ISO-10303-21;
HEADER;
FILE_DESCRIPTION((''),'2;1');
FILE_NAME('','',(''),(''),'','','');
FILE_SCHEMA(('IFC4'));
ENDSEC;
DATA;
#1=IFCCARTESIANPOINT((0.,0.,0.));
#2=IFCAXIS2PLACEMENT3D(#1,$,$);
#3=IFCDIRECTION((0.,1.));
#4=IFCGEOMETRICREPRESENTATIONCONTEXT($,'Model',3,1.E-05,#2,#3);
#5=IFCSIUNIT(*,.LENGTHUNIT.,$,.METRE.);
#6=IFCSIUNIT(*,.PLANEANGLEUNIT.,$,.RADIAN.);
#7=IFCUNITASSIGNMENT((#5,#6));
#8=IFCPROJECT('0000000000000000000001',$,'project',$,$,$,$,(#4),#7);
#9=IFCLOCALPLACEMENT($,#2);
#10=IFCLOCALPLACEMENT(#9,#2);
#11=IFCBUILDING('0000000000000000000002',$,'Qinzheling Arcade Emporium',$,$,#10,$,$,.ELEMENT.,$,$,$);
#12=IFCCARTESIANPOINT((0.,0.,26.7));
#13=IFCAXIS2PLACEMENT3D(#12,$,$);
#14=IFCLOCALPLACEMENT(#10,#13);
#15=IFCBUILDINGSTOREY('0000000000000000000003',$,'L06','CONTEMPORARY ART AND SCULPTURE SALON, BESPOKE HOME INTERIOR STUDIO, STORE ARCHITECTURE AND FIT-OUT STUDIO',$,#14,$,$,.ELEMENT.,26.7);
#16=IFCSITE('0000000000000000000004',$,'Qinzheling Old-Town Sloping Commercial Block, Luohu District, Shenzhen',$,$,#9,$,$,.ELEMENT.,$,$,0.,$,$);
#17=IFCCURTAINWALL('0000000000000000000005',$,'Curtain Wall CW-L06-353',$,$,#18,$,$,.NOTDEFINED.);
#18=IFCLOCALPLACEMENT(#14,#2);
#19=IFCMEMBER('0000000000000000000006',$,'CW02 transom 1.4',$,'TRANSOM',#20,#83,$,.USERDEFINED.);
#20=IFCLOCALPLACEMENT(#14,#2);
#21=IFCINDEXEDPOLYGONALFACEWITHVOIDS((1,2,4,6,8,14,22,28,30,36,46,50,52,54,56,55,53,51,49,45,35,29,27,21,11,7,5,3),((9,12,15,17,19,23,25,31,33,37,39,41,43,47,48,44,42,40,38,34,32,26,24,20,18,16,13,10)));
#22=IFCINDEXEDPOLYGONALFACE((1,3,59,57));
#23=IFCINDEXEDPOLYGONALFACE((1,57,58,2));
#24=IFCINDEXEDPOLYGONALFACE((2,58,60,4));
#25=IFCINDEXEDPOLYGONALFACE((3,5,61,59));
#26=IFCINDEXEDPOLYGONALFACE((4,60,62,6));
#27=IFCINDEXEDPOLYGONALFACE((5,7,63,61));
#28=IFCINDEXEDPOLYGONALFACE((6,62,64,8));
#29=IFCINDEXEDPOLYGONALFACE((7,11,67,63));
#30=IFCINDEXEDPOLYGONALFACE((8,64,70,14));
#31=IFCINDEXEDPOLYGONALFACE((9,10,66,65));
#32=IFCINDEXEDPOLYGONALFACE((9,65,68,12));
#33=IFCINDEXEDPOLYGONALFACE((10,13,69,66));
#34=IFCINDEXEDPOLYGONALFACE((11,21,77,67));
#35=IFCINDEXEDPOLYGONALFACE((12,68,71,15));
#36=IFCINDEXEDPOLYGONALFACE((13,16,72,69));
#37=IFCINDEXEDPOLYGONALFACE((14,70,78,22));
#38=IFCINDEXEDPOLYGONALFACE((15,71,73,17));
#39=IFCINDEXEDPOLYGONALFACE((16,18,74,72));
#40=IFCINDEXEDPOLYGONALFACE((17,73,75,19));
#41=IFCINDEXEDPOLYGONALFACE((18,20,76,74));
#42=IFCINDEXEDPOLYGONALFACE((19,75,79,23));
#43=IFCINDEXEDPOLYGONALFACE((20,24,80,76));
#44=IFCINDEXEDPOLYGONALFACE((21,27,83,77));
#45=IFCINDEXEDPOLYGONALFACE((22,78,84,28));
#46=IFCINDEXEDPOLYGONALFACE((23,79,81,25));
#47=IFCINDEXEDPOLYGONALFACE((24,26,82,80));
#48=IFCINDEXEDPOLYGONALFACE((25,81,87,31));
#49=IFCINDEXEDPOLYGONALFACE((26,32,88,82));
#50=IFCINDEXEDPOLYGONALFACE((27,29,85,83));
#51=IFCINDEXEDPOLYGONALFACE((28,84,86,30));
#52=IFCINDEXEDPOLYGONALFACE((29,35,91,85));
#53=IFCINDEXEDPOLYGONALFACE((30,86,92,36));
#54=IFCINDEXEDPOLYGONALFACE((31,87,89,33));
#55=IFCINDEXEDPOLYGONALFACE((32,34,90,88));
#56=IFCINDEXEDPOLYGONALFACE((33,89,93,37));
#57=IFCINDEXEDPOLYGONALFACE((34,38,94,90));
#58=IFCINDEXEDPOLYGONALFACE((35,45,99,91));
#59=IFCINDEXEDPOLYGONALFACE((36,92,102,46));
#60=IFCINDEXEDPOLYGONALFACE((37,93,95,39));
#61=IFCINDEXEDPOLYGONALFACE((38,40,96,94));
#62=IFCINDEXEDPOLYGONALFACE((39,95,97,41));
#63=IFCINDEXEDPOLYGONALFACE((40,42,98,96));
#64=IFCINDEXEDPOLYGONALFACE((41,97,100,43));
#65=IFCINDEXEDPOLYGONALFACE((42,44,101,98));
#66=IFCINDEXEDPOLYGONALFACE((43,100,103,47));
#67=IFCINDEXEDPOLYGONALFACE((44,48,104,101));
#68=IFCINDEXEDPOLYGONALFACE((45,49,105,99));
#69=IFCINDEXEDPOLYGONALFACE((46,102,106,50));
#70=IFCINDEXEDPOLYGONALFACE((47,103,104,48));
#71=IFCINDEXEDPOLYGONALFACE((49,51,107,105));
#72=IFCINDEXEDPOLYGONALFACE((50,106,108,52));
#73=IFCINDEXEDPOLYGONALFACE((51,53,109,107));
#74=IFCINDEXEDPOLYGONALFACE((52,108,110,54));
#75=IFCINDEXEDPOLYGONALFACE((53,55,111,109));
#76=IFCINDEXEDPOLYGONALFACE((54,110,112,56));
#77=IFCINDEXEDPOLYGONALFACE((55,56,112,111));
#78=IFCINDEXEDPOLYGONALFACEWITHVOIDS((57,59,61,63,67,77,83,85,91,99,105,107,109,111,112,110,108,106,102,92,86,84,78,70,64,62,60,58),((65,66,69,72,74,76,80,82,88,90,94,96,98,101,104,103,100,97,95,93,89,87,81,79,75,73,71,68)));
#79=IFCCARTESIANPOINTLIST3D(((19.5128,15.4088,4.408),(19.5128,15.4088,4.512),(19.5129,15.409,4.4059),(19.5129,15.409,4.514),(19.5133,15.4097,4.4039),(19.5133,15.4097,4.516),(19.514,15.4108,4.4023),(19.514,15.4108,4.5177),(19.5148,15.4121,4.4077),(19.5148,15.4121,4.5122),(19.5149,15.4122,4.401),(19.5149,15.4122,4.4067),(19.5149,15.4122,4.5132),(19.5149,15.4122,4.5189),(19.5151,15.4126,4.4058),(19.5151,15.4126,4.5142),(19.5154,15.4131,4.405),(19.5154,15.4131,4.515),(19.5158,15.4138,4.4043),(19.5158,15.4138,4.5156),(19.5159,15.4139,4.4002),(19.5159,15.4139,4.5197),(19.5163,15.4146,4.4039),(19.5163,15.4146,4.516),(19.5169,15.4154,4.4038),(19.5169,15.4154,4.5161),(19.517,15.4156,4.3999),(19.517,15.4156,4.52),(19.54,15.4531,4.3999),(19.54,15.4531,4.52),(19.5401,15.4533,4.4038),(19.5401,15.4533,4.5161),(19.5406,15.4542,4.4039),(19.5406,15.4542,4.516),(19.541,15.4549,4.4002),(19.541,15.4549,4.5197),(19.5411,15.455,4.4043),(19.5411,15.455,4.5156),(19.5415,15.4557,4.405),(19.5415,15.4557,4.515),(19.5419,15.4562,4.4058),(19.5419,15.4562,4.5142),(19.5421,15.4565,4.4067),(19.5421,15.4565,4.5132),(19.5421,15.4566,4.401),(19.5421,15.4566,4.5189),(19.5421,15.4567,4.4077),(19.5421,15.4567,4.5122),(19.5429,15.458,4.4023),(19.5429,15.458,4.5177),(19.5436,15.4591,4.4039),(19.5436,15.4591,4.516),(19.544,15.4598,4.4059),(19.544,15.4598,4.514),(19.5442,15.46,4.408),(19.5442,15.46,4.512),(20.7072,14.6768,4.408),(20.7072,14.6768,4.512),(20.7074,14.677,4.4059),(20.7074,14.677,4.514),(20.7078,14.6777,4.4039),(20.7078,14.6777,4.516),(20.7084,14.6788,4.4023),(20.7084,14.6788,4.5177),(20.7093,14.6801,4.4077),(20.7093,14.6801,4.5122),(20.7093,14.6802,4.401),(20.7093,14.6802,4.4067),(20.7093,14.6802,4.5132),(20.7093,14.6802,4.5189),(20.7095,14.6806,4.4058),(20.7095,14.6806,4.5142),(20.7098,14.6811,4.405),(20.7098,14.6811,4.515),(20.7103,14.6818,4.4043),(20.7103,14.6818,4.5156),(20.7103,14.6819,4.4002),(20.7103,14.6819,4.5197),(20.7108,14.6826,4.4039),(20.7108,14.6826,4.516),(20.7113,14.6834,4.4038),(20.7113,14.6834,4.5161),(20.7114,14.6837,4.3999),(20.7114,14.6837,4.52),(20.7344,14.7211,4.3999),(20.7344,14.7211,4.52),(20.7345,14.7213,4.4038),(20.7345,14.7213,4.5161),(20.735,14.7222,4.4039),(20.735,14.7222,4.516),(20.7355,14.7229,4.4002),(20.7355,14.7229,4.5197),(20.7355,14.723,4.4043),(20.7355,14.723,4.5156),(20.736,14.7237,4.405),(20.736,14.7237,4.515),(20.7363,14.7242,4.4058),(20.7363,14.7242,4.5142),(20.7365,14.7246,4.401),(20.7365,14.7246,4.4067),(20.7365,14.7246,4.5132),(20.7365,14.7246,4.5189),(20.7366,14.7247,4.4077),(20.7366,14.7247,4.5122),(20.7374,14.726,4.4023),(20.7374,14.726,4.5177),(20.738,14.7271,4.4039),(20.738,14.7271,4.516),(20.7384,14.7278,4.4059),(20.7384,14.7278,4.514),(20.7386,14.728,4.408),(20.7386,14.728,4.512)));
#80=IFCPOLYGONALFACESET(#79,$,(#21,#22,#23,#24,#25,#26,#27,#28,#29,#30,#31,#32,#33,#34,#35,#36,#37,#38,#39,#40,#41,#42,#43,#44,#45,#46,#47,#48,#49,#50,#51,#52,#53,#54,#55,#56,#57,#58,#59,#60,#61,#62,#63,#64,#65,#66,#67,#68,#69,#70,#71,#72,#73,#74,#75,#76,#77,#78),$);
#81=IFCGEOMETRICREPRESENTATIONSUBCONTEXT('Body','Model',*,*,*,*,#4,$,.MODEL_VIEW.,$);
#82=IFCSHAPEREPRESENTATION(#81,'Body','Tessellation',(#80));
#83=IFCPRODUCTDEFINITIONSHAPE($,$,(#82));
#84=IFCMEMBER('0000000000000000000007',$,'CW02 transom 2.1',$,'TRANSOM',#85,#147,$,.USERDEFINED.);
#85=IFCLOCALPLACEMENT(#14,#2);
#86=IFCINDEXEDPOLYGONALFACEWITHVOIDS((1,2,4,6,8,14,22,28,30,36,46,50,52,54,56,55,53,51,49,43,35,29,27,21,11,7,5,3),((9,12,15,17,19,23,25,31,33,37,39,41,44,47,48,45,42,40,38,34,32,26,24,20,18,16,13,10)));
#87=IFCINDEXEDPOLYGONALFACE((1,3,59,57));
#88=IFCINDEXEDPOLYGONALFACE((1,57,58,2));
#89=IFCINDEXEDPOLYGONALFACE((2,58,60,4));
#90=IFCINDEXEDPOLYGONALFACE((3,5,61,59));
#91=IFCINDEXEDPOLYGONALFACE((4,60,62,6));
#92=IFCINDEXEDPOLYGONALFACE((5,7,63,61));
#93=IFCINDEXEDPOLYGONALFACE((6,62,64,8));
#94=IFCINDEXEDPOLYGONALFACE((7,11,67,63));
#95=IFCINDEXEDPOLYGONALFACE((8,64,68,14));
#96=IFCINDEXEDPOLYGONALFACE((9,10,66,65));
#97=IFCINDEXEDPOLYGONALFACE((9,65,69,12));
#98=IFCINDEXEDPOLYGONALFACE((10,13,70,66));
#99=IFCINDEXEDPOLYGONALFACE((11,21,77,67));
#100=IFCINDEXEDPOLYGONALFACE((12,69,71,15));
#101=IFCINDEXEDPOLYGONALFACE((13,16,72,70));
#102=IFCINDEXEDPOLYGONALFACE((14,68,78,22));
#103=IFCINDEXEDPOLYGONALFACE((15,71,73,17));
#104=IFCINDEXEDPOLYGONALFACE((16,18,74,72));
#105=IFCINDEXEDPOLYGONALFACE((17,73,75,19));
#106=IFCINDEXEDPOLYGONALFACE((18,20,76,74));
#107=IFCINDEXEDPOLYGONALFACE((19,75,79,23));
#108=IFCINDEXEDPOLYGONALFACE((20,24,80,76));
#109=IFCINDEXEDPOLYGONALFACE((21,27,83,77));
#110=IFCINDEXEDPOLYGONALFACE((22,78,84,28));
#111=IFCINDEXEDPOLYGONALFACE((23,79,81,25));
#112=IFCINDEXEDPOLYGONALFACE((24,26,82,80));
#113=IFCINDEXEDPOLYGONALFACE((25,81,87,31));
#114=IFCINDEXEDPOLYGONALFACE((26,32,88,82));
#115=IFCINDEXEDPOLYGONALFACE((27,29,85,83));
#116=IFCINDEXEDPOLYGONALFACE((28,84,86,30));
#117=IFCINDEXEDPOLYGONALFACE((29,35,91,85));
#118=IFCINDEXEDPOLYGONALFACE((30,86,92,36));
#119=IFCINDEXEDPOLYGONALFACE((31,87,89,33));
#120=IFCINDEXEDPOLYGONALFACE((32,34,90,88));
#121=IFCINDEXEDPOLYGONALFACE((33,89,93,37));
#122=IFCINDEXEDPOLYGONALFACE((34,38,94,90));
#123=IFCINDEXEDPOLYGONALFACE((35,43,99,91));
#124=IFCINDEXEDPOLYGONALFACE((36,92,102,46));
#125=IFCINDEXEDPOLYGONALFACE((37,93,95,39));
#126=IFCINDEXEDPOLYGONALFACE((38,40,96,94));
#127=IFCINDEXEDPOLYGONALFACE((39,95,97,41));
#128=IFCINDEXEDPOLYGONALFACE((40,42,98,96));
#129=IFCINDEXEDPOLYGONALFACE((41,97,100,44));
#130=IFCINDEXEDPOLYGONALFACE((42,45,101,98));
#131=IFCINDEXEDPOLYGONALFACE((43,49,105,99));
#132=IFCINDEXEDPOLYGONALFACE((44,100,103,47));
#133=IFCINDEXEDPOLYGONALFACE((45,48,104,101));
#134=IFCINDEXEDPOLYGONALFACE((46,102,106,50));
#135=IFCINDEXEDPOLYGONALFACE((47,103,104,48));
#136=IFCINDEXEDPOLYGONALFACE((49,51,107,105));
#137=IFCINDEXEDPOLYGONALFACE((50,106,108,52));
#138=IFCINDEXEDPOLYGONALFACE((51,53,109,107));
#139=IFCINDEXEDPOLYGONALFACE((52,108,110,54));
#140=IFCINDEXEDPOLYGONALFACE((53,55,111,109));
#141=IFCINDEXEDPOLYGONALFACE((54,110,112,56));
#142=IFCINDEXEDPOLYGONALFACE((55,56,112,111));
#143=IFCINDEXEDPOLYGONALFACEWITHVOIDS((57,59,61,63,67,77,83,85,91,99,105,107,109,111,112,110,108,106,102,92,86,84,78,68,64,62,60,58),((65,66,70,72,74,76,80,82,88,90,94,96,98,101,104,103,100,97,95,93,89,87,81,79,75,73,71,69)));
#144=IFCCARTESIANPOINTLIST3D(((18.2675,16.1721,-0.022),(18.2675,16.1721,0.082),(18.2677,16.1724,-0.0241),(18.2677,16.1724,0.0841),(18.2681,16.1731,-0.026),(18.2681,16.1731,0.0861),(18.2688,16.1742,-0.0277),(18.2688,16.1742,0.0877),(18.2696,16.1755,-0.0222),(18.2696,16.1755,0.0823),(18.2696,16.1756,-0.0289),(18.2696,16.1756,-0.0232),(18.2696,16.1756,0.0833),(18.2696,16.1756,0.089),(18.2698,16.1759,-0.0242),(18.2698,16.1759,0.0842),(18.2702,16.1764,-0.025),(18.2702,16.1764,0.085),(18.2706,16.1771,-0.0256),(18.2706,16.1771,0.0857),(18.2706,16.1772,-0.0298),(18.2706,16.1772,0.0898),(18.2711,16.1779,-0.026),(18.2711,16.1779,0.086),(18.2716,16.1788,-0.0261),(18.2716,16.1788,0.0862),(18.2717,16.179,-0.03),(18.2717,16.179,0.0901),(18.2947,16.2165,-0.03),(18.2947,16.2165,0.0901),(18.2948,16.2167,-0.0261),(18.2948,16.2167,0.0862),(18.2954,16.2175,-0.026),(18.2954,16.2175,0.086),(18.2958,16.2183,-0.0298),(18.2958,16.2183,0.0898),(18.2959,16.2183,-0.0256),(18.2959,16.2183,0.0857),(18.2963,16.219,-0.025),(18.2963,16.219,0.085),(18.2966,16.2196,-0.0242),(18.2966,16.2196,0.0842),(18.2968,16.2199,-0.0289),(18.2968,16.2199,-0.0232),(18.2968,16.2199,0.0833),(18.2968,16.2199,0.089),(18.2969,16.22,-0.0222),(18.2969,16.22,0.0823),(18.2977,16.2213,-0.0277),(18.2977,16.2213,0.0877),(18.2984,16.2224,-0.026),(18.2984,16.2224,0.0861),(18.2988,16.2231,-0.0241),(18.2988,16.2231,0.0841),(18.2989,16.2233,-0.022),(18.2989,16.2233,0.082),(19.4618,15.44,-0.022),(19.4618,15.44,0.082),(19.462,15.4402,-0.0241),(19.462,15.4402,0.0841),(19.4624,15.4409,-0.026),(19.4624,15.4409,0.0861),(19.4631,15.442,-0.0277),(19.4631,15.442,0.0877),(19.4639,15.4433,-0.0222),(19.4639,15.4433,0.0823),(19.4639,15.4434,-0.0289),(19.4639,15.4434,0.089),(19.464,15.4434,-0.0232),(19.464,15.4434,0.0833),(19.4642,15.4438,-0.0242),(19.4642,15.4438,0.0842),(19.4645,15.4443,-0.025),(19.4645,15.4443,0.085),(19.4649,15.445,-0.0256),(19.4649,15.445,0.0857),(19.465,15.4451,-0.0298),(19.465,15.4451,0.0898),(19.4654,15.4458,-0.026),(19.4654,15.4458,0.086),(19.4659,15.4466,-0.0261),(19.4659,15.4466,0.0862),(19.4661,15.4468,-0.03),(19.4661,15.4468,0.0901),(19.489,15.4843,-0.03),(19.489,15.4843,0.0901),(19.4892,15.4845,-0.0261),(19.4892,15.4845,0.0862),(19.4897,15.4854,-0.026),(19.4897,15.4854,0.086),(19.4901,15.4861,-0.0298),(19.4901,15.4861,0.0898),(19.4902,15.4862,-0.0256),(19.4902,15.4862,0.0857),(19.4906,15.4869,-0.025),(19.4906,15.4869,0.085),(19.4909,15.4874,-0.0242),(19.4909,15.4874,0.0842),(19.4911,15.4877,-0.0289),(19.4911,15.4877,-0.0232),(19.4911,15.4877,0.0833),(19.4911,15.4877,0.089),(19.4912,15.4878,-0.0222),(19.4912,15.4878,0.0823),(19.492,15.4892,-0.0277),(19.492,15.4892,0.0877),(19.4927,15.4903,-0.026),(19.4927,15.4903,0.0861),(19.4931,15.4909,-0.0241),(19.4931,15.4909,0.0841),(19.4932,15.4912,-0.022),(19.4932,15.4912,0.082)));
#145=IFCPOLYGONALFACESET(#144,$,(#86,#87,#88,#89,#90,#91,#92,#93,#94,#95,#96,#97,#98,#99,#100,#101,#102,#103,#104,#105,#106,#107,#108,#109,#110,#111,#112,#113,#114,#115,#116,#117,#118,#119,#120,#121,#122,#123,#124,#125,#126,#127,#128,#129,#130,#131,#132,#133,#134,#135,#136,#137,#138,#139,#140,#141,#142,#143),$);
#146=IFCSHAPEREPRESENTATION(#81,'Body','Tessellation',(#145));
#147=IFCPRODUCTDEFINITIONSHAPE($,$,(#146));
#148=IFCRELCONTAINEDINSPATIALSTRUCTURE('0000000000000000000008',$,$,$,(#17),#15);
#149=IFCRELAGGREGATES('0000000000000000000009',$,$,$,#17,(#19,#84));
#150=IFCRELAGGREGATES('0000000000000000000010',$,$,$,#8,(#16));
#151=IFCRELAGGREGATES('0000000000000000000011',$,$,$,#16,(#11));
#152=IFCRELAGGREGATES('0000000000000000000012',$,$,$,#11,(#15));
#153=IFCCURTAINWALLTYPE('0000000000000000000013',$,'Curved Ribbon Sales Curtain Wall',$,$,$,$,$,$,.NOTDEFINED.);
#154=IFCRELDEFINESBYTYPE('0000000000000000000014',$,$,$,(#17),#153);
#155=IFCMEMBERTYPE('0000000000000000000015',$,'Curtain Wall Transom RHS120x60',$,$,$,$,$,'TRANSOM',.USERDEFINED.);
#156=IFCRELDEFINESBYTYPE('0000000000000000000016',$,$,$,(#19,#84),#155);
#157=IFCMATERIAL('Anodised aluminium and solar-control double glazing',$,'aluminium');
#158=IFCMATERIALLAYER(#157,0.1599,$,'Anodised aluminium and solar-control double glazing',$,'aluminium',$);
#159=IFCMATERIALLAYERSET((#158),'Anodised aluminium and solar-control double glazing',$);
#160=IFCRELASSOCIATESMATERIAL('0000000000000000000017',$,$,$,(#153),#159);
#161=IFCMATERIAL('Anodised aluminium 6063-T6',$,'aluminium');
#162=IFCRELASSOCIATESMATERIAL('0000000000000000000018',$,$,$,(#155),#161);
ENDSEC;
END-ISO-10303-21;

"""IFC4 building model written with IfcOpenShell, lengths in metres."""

from ifc_helpers import new_model, si_unit, direction, frame, origin, origin_2d, place, context, subcontext, project, spatial, hollow_rectangle, extrude, material, layer, layer_set, material_profile, profile_set, type_object, element, aggregate, save


model = new_model("IFC4")

# Units and contexts
model_context = context("Model", 3, precision=1e-05, world=origin(), true_north=direction((0.0, 1.0)))
body_context = subcontext(model_context, "Body", "Model", "MODEL_VIEW")
ifc_project = project(units=[si_unit("LENGTHUNIT", "METRE"), si_unit("PLANEANGLEUNIT", "RADIAN")], contexts=[model_context])

# Site, building, storey
site_placement = place(None, origin())
site = spatial("IfcSite", under=ifc_project, at=site_placement, Name="Qinzheling Old-Town Sloping Commercial Block, Luohu District, Shenzhen", CompositionType="ELEMENT", RefElevation=0.0)
building_placement = place(site_placement, origin())
building = spatial("IfcBuilding", under=site, at=building_placement, Name="Qinzheling Arcade Emporium", CompositionType="ELEMENT")
storey_placement = place(building_placement, frame((0.0, 0.0, 26.7)))
storey = spatial("IfcBuildingStorey", under=building, at=storey_placement, Name="L06", Description="CONTEMPORARY ART AND SCULPTURE SALON, BESPOKE HOME INTERIOR STUDIO, STORE ARCHITECTURE AND FIT-OUT STUDIO", CompositionType="ELEMENT", Elevation=26.7)

# Curtain wall
ifc_material_1 = material(Name="Anodised aluminium and solar-control double glazing", Category="aluminium")
ifc_layer_1 = layer(ifc_material_1, 0.1599, Name="Anodised aluminium and solar-control double glazing", Category="aluminium")
ifc_layer_set_1 = layer_set([ifc_layer_1], Name="Anodised aluminium and solar-control double glazing")
curtain_wall_type = type_object("IfcCurtainWallType", Name="Curved Ribbon Sales Curtain Wall", PredefinedType="NOTDEFINED", material=ifc_layer_set_1)
ifc_material_2 = material(Name="Anodised aluminium 6063-T6", Category="aluminium")
curtain_wall_1_placement = place(storey_placement, origin())
curtain_wall_1 = element("IfcCurtainWall", 1, at=curtain_wall_1_placement, inside=storey, type_object=curtain_wall_type, Name="Curtain Wall CW-L06-353", PredefinedType="NOTDEFINED")

# Members
ifc_material_profile_1 = material_profile(ifc_material_2, hollow_rectangle(XDim=0.0601, YDim=0.1201, WallThickness=0.0039, InnerFilletRadius=0.0039, OuterFilletRadius=0.0081, at=origin_2d()), Name="RHS 120x60x4", Category="aluminium")
ifc_profile_set_1 = profile_set([ifc_material_profile_1], Name="Anodised aluminium 6063-T6")
member_type_1 = type_object("IfcMemberType", Name="Curtain Wall Transom RHS120x60", ElementType="TRANSOM", PredefinedType="USERDEFINED", material=ifc_profile_set_1)
member_1_placement = place(storey_placement, frame((20.7229, 14.7024, 4.46), z_axis=(-0.852626, 0.522521, 0.0), x_axis=(-0.522521, -0.852626, 0.0)))
member_1 = element("IfcMember", 2, at=member_1_placement, type_object=member_type_1, Name="CW02 transom 1.4", ObjectType="TRANSOM", PredefinedType="USERDEFINED", context=body_context, shape_type="SweptSolid", body=[
    extrude(hollow_rectangle(XDim=0.0601, YDim=0.1201, WallThickness=0.0039, InnerFilletRadius=0.0039, OuterFilletRadius=0.0081, at=origin_2d()), origin(), (0.0, 0.0, 1.0), 1.4009),
])
member_2_placement = place(storey_placement, frame((19.4775, 15.4656, 0.03), z_axis=(-0.852549, 0.522648, 0.0), x_axis=(-0.522648, -0.852549, 0.0)))
member_2 = element("IfcMember", 3, at=member_2_placement, type_object=member_type_1, Name="CW02 transom 2.1", ObjectType="TRANSOM", PredefinedType="USERDEFINED", context=body_context, shape_type="SweptSolid", body=[
    extrude(hollow_rectangle(XDim=0.0601, YDim=0.1201, WallThickness=0.0039, InnerFilletRadius=0.0039, OuterFilletRadius=0.0081, at=origin_2d()), origin(), (0.0, 0.0, 1.0), 1.4009),
])

aggregate(curtain_wall_1, [member_1, member_2])

save(model, "model.ifc")
